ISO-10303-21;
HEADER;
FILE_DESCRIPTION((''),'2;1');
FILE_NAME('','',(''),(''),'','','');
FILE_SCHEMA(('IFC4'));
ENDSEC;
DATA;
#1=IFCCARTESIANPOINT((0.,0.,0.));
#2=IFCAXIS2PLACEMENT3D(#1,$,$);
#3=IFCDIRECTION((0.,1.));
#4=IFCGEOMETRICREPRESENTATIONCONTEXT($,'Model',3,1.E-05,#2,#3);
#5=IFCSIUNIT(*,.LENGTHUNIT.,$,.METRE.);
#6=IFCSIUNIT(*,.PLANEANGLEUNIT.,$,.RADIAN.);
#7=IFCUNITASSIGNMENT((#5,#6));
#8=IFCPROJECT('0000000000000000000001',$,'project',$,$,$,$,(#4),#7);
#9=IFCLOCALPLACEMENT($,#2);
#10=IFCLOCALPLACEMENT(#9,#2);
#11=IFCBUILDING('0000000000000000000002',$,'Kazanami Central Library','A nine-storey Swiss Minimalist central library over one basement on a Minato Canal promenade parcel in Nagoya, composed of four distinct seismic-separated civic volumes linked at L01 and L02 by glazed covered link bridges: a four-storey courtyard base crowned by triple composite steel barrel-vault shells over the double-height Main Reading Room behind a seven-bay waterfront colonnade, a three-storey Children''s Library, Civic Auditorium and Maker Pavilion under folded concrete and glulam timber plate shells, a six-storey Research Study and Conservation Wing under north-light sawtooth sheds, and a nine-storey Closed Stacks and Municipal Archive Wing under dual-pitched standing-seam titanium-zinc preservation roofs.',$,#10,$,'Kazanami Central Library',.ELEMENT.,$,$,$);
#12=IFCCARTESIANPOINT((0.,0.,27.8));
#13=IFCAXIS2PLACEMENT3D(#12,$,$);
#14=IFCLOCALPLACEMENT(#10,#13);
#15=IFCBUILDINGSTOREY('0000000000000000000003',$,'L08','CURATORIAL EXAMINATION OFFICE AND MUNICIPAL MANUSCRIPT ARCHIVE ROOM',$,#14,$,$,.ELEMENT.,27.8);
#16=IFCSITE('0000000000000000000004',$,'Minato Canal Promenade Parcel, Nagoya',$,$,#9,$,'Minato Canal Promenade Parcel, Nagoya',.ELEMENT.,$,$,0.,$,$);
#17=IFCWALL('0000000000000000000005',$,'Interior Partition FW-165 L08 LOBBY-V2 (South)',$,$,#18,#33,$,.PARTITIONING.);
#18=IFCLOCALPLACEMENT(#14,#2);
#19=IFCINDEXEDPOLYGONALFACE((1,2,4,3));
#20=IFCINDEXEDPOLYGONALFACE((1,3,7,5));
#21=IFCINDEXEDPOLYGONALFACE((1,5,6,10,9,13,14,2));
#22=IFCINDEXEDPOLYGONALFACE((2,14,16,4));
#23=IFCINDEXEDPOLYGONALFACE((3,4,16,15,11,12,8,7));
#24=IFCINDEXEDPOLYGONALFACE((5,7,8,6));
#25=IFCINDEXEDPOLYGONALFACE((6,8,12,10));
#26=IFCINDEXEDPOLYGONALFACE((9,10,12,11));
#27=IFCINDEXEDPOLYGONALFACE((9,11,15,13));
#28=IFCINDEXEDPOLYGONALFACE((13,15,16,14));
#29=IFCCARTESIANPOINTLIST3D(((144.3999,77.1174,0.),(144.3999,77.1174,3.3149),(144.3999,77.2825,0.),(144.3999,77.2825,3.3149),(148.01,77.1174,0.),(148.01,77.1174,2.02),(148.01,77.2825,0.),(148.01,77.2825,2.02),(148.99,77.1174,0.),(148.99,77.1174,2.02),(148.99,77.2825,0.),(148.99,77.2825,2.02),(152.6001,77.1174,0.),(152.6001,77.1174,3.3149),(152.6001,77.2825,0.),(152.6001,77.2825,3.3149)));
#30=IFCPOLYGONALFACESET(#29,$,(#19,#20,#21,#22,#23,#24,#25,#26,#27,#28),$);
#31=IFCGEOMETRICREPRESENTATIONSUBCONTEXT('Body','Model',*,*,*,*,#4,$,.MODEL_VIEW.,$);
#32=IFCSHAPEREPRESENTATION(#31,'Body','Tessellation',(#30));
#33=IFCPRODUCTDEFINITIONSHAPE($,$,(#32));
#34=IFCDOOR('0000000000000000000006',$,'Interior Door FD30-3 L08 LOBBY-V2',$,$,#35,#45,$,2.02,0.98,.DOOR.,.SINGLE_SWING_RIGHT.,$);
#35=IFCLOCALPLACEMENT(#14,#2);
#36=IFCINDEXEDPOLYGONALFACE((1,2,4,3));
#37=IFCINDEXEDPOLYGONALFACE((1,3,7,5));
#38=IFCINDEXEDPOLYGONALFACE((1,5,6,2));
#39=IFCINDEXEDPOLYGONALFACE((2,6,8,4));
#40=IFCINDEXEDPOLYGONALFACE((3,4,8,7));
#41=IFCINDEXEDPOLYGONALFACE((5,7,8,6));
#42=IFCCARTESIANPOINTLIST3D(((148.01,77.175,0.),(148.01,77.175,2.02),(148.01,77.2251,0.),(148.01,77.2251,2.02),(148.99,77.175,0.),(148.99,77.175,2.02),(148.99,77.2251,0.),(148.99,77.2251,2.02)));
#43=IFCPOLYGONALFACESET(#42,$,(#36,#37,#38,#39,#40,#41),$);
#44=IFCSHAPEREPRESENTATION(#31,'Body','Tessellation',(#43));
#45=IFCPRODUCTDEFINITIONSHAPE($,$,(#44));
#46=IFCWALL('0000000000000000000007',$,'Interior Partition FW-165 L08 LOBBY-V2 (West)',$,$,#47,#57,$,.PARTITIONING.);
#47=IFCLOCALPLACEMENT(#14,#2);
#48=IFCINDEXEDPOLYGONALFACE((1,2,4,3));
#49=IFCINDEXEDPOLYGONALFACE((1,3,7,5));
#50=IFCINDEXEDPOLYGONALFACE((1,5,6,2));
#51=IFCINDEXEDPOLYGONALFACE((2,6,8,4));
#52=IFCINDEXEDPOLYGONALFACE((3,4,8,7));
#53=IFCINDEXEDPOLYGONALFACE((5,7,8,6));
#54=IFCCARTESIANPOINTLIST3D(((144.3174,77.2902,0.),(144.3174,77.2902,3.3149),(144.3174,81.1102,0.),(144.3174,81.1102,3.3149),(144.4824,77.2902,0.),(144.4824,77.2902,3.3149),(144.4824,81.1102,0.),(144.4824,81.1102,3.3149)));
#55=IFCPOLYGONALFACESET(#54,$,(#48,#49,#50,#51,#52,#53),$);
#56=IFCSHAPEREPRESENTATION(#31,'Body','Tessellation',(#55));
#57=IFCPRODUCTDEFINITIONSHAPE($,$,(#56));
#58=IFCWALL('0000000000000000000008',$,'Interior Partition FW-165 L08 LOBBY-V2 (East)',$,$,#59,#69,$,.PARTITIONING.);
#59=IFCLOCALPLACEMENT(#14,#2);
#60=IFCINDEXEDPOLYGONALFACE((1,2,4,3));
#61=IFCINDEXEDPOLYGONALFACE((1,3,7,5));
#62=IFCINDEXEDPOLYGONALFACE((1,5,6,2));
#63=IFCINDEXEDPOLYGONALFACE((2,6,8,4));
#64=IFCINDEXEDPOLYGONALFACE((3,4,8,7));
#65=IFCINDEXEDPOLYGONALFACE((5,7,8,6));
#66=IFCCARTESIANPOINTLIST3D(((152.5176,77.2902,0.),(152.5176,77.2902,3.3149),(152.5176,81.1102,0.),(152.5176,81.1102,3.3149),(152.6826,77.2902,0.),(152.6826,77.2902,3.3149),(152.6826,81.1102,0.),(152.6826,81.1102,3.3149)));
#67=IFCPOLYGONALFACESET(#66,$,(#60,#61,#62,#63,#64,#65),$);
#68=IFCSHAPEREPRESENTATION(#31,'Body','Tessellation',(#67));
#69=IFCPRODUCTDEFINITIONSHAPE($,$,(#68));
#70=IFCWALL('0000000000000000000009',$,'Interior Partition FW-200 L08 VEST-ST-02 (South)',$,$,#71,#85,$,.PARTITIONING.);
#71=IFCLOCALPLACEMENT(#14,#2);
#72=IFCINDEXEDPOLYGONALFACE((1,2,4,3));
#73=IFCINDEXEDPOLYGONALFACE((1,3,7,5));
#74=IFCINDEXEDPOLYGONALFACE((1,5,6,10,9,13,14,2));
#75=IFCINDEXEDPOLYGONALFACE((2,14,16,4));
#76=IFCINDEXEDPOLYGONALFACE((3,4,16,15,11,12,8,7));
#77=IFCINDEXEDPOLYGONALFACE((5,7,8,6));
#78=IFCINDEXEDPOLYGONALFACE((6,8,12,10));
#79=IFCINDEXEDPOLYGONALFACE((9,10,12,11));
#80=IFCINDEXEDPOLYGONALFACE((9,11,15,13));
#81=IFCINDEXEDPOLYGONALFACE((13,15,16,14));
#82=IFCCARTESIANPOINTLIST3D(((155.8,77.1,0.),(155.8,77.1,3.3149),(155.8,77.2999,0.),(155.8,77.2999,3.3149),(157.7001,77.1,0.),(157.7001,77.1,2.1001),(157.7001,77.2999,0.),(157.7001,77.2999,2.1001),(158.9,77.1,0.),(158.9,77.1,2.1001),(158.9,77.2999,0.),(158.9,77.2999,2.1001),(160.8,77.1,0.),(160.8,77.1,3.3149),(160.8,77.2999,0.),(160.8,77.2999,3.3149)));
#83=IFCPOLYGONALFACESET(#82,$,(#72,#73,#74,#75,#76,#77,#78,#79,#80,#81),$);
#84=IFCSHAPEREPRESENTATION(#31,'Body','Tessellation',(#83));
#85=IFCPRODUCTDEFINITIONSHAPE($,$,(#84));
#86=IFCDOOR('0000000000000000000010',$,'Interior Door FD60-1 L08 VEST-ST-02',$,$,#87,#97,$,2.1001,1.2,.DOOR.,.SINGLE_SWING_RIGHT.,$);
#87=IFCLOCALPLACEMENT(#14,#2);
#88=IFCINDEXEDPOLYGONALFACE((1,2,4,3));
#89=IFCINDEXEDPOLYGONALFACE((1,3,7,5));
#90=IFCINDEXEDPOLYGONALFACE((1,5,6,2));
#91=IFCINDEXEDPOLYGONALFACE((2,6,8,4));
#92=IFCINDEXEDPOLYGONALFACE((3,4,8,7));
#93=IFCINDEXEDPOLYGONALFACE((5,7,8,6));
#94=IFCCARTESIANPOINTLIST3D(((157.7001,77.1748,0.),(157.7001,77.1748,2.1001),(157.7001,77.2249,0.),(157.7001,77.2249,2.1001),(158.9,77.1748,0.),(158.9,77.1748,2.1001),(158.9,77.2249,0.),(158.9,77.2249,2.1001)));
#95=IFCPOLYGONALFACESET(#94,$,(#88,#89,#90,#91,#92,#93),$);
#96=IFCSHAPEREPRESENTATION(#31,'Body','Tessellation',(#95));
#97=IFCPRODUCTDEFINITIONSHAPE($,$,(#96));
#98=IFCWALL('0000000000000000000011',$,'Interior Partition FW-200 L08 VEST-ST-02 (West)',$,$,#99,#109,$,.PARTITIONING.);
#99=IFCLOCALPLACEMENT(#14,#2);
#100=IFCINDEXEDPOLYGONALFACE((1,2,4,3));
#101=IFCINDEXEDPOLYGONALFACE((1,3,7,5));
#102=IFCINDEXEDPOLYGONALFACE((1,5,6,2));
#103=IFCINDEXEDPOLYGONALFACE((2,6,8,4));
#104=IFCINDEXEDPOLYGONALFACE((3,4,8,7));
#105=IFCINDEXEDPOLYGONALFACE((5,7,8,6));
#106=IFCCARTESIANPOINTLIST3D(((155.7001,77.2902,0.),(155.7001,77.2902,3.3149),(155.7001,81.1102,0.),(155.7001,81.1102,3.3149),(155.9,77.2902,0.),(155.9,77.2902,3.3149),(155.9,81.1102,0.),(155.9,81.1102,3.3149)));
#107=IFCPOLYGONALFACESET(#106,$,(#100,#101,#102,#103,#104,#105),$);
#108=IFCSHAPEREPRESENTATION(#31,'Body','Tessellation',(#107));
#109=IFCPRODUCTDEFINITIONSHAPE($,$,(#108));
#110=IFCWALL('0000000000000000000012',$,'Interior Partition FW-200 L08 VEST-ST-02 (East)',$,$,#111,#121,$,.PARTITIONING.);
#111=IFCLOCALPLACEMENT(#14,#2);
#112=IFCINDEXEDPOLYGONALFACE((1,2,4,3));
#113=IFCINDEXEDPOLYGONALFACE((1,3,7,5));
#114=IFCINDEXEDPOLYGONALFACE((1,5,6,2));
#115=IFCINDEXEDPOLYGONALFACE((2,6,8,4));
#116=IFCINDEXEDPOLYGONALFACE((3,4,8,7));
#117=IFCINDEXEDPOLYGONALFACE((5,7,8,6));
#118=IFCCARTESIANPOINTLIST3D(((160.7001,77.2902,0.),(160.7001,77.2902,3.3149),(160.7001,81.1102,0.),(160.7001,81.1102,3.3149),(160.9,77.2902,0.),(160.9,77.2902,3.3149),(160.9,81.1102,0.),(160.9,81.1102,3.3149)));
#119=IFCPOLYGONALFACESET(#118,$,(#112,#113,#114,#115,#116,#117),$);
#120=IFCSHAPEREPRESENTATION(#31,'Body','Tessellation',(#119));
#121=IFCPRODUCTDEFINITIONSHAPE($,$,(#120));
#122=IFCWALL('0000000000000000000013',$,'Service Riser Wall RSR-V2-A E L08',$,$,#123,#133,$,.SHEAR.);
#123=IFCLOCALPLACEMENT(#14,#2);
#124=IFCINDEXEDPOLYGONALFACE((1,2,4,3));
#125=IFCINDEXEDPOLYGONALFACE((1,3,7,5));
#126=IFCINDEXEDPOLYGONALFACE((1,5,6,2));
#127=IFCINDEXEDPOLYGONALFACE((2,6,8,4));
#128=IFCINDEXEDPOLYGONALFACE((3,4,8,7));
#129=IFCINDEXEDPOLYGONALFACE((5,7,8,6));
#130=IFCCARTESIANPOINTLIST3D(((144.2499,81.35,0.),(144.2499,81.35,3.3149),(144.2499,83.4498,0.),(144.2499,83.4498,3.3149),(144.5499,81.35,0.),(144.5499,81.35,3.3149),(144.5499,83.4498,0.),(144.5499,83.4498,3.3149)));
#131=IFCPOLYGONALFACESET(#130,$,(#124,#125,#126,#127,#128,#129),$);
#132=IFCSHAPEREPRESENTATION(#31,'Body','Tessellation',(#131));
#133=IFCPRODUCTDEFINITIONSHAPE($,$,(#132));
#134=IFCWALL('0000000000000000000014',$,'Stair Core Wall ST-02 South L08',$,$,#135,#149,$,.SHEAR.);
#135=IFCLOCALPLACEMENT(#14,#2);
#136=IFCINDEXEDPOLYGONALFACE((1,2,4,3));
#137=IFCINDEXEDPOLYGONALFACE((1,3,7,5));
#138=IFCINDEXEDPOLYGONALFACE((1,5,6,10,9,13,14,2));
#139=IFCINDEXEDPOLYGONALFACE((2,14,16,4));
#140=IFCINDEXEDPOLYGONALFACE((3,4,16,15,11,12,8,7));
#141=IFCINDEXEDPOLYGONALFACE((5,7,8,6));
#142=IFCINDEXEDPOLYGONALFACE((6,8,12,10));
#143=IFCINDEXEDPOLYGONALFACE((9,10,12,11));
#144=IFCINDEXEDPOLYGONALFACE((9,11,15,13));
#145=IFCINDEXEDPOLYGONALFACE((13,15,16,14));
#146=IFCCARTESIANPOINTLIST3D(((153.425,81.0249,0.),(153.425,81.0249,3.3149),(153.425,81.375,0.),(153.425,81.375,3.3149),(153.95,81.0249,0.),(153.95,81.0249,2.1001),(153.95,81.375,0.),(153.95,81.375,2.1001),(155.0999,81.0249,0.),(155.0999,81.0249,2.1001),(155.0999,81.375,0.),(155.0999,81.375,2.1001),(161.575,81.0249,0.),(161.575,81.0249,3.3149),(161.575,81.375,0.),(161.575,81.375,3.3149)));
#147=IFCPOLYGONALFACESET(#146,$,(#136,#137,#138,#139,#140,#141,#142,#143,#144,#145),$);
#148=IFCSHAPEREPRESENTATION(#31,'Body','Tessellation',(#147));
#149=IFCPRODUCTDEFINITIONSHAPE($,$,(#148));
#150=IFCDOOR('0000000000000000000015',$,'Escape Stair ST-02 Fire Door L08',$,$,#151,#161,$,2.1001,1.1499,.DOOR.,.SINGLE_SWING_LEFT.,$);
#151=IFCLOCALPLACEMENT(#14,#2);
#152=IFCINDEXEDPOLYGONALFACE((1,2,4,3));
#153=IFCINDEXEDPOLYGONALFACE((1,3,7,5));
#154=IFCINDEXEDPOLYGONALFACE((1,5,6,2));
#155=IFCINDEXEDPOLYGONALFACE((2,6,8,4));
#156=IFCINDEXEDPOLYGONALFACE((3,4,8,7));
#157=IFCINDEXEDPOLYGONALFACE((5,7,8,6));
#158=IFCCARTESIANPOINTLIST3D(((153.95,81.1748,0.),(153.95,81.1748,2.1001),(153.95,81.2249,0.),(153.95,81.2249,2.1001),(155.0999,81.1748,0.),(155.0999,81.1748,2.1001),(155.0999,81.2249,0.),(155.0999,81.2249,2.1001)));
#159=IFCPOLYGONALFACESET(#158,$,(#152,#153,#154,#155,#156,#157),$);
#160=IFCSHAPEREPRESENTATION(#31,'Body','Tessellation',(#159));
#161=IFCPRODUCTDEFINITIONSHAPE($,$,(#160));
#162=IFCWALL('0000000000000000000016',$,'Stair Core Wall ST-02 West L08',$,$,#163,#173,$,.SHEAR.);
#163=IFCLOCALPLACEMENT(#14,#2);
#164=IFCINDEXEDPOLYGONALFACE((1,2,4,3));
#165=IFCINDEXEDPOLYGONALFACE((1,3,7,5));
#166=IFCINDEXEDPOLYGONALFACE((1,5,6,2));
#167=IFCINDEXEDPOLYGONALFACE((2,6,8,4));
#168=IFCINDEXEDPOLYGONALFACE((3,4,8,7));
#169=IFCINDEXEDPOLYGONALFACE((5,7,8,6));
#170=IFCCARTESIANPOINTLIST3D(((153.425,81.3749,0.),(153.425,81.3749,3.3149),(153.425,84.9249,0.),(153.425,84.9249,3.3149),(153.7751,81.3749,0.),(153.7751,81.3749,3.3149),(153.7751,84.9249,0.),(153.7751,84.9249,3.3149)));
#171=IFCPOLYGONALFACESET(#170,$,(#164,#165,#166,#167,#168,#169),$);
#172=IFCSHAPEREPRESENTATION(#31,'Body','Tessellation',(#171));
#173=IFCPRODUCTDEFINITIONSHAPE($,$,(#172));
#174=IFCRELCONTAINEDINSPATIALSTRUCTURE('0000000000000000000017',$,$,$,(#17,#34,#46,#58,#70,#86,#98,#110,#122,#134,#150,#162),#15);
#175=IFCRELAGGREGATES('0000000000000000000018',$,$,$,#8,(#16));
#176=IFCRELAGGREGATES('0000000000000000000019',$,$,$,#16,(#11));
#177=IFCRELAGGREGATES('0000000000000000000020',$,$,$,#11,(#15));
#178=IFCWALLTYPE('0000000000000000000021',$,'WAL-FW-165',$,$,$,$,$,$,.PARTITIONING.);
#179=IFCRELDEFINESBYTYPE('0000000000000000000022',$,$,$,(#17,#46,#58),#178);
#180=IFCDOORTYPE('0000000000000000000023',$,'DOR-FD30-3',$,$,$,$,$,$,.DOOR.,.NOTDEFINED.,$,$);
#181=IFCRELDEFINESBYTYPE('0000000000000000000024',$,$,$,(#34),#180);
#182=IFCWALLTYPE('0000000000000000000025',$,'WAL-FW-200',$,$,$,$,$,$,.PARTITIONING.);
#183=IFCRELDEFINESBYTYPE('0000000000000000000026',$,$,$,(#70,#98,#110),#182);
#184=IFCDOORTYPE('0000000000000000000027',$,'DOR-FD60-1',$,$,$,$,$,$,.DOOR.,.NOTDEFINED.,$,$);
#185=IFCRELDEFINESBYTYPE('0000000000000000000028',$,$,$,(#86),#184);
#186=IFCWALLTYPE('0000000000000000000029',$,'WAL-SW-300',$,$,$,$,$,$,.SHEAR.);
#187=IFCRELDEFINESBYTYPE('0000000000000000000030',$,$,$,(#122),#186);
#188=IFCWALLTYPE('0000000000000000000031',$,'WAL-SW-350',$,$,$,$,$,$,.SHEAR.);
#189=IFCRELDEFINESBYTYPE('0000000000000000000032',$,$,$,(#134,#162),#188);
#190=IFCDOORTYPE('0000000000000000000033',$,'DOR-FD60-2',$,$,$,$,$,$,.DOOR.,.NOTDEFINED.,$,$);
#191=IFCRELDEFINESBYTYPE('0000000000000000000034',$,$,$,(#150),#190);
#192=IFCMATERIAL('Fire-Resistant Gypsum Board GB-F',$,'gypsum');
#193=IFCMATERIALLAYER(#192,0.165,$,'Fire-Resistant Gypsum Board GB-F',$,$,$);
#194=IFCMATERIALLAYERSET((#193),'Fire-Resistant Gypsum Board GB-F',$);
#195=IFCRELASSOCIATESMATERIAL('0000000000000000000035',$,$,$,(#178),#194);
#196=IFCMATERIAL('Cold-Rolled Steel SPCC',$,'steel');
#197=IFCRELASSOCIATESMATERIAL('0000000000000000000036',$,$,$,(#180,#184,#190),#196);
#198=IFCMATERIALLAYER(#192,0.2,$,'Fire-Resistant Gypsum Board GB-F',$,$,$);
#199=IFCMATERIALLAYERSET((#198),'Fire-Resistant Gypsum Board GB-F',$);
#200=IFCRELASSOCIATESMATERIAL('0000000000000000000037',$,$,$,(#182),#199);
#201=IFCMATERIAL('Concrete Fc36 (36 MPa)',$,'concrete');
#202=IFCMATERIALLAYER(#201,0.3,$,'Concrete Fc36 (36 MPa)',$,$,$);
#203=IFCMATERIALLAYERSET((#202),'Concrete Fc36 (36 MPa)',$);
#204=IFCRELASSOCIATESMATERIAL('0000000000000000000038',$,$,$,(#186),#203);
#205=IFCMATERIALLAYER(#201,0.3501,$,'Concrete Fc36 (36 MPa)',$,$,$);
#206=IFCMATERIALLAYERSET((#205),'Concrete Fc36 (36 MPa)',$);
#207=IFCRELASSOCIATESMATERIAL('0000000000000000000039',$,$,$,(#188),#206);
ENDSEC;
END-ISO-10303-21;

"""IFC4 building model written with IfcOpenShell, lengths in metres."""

from ifc_helpers import new_model, si_unit, direction, frame, frame_2d, origin, place, context, subcontext, project, spatial, rectangle, extrude, material, layer, layer_set, type_object, element, fill, save


model = new_model("IFC4")

# Units and contexts
model_context = context("Model", 3, precision=1e-05, world=origin(), true_north=direction((0.0, 1.0)))
body_context = subcontext(model_context, "Body", "Model", "MODEL_VIEW")
ifc_project = project(units=[si_unit("LENGTHUNIT", "METRE"), si_unit("PLANEANGLEUNIT", "RADIAN")], contexts=[model_context])

# Site, building, storey
site_placement = place(None, origin())
site = spatial("IfcSite", under=ifc_project, at=site_placement, Name="Minato Canal Promenade Parcel, Nagoya", LongName="Minato Canal Promenade Parcel, Nagoya", CompositionType="ELEMENT", RefElevation=0.0)
building_placement = place(site_placement, origin())
building = spatial("IfcBuilding", under=site, at=building_placement, Name="Kazanami Central Library", Description="A nine-storey Swiss Minimalist central library over one basement on a Minato Canal promenade parcel in Nagoya, composed of four distinct seismic-separated civic volumes linked at L01 and L02 by glazed covered link bridges: a four-storey courtyard base crowned by triple composite steel barrel-vault shells over the double-height Main Reading Room behind a seven-bay waterfront colonnade, a three-storey Children's Library, Civic Auditorium and Maker Pavilion under folded concrete and glulam timber plate shells, a six-storey Research Study and Conservation Wing under north-light sawtooth sheds, and a nine-storey Closed Stacks and Municipal Archive Wing under dual-pitched standing-seam titanium-zinc preservation roofs.", LongName="Kazanami Central Library", CompositionType="ELEMENT")
storey_placement = place(building_placement, frame((0.0, 0.0, 27.8)))
storey = spatial("IfcBuildingStorey", under=building, at=storey_placement, Name="L08", Description="CURATORIAL EXAMINATION OFFICE AND MUNICIPAL MANUSCRIPT ARCHIVE ROOM", CompositionType="ELEMENT", Elevation=27.8)

# Shared definitions
ifc_material_1 = material(Name="Concrete Fc36 (36 MPa)", Category="concrete")

# Wall, opening, door
ifc_material_2 = material(Name="Fire-Resistant Gypsum Board GB-F", Category="gypsum")
ifc_layer_1 = layer(ifc_material_2, 0.165, Name="Fire-Resistant Gypsum Board GB-F")
ifc_layer_set_1 = layer_set([ifc_layer_1], Name="Fire-Resistant Gypsum Board GB-F")
wall_type_1 = type_object("IfcWallType", Name="WAL-FW-165", PredefinedType="PARTITIONING", material=ifc_layer_set_1)
wall_1_placement = place(storey_placement, frame((144.3999, 77.2, 0.0), z_axis=(0.0, 0.0, 1.0), x_axis=(1.0, 0.0, 0.0)))
wall_1 = element("IfcWall", 1, at=wall_1_placement, inside=storey, type_object=wall_type_1, Name="Interior Partition FW-165 L08 LOBBY-V2 (South)", PredefinedType="PARTITIONING", context=body_context, shape_type="SweptSolid", body=[
    extrude(rectangle(XDim=8.2002, YDim=0.165, at=frame_2d((4.1001, 0.0))), origin(), (0.0, 0.0, 1.0), 3.3149),
])
opening_1_placement = place(wall_1_placement, frame((3.6101, 0.0, 0.0)))
opening_1 = element("IfcOpeningElement", 2, at=opening_1_placement, cuts=wall_1, PredefinedType="OPENING", context=body_context, shape_type="SweptSolid", body=[
    extrude(rectangle(XDim=0.98, YDim=2.02, at=frame_2d((0.49, 1.01))), frame((0.0, 0.0945, 0.0), z_axis=(0.0, -1.0, 0.0), x_axis=(1.0, 0.0, 0.0)), (0.0, 0.0, 1.0), 0.189),
])
ifc_material_3 = material(Name="Cold-Rolled Steel SPCC", Category="steel")
door_type_1 = type_object("IfcDoorType", Name="DOR-FD30-3", OperationType="NOTDEFINED", PredefinedType="DOOR", material=ifc_material_3)
door_1_placement = place(opening_1_placement, frame((0.98, 0.0, 0.0), z_axis=(0.0, 0.0, 1.0), x_axis=(-1.0, 0.0, 0.0)))
door_1 = element("IfcDoor", 3, at=door_1_placement, inside=storey, type_object=door_type_1, Name="Interior Door FD30-3 L08 LOBBY-V2", OperationType="SINGLE_SWING_RIGHT", OverallHeight=2.02, OverallWidth=0.98, PredefinedType="DOOR", context=body_context, shape_type="SweptSolid", body=[
    extrude(rectangle(XDim=0.98, YDim=2.02, at=frame_2d((0.49, 1.01))), frame((0.0, 0.0249, 0.0), z_axis=(0.0, -1.0, 0.0), x_axis=(1.0, 0.0, 0.0)), (0.0, 0.0, 1.0), 0.05),
])
fill(opening_1, door_1)

# Walls
for number, where, z_axis, x_axis, name in (
    (4, (144.3999, 77.29, 0.0), (0.0, 0.0, 1.0), (0.0, 1.0, 0.0), "Interior Partition FW-165 L08 LOBBY-V2 (West)"),
    (5, (152.6001, 77.29, 0.0), (0.0, 0.0, 1.0), (0.0, 1.0, 0.0), "Interior Partition FW-165 L08 LOBBY-V2 (East)"),
):
    element("IfcWall", number, at=place(storey_placement, frame(where, z_axis=z_axis, x_axis=x_axis)), inside=storey, type_object=wall_type_1, Name=name, PredefinedType="PARTITIONING", context=body_context, shape_type="SweptSolid", body=[
        extrude(rectangle(XDim=3.8201, YDim=0.165, at=frame_2d((1.9102, 0.0))), origin(), (0.0, 0.0, 1.0), 3.3149),
    ])

# Wall, opening, door
ifc_layer_2 = layer(ifc_material_2, 0.2, Name="Fire-Resistant Gypsum Board GB-F")
ifc_layer_set_2 = layer_set([ifc_layer_2], Name="Fire-Resistant Gypsum Board GB-F")
wall_type_2 = type_object("IfcWallType", Name="WAL-FW-200", PredefinedType="PARTITIONING", material=ifc_layer_set_2)
wall_2_placement = place(storey_placement, frame((155.8, 77.2, 0.0), z_axis=(0.0, 0.0, 1.0), x_axis=(1.0, 0.0, 0.0)))
wall_2 = element("IfcWall", 6, at=wall_2_placement, inside=storey, type_object=wall_type_2, Name="Interior Partition FW-200 L08 VEST-ST-02 (South)", PredefinedType="PARTITIONING", context=body_context, shape_type="SweptSolid", body=[
    extrude(rectangle(XDim=5.0, YDim=0.2, at=frame_2d((2.5, 0.0))), origin(), (0.0, 0.0, 1.0), 3.3149),
])
opening_2_placement = place(wall_2_placement, frame((1.8999, 0.0, 0.0)))
opening_2 = element("IfcOpeningElement", 7, at=opening_2_placement, cuts=wall_2, PredefinedType="OPENING", context=body_context, shape_type="SweptSolid", body=[
    extrude(rectangle(XDim=1.2, YDim=2.1001, at=frame_2d((0.6001, 1.05))), frame((0.0, 0.1118, 0.0), z_axis=(0.0, -1.0, 0.0), x_axis=(1.0, 0.0, 0.0)), (0.0, 0.0, 1.0), 0.2239),
])
door_type_2 = type_object("IfcDoorType", Name="DOR-FD60-1", OperationType="NOTDEFINED", PredefinedType="DOOR", material=ifc_material_3)
door_2_placement = place(opening_2_placement, origin())
door_2 = element("IfcDoor", 8, at=door_2_placement, inside=storey, type_object=door_type_2, Name="Interior Door FD60-1 L08 VEST-ST-02", OperationType="SINGLE_SWING_RIGHT", OverallHeight=2.1001, OverallWidth=1.2, PredefinedType="DOOR", context=body_context, shape_type="SweptSolid", body=[
    extrude(rectangle(XDim=1.2, YDim=2.1001, at=frame_2d((0.6001, 1.05))), frame((0.0, 0.0249, 0.0), z_axis=(0.0, -1.0, 0.0), x_axis=(1.0, 0.0, 0.0)), (0.0, 0.0, 1.0), 0.05),
])
fill(opening_2, door_2)

# Walls
for number, where, z_axis, x_axis, name in (
    (9, (155.8, 77.29, 0.0), (0.0, 0.0, 1.0), (0.0, 1.0, 0.0), "Interior Partition FW-200 L08 VEST-ST-02 (West)"),
    (10, (160.8, 77.29, 0.0), (0.0, 0.0, 1.0), (0.0, 1.0, 0.0), "Interior Partition FW-200 L08 VEST-ST-02 (East)"),
):
    element("IfcWall", number, at=place(storey_placement, frame(where, z_axis=z_axis, x_axis=x_axis)), inside=storey, type_object=wall_type_2, Name=name, PredefinedType="PARTITIONING", context=body_context, shape_type="SweptSolid", body=[
        extrude(rectangle(XDim=3.8201, YDim=0.2, at=frame_2d((1.9102, 0.0))), origin(), (0.0, 0.0, 1.0), 3.3149),
    ])

# Wall
ifc_layer_3 = layer(ifc_material_1, 0.3, Name="Concrete Fc36 (36 MPa)")
ifc_layer_set_3 = layer_set([ifc_layer_3], Name="Concrete Fc36 (36 MPa)")
wall_type_3 = type_object("IfcWallType", Name="WAL-SW-300", PredefinedType="SHEAR", material=ifc_layer_set_3)
wall_3_placement = place(storey_placement, frame((144.3999, 81.3501, 0.0), z_axis=(0.0, 0.0, 1.0), x_axis=(0.0, 1.0, 0.0)))
element("IfcWall", 11, at=wall_3_placement, inside=storey, type_object=wall_type_3, Name="Service Riser Wall RSR-V2-A E L08", PredefinedType="SHEAR", context=body_context, shape_type="SweptSolid", body=[
    extrude(rectangle(XDim=2.0999, YDim=0.3, at=frame_2d((1.0498, 0.0))), origin(), (0.0, 0.0, 1.0), 3.3149),
])

# Wall, opening, door
ifc_layer_4 = layer(ifc_material_1, 0.3501, Name="Concrete Fc36 (36 MPa)")
ifc_layer_set_4 = layer_set([ifc_layer_4], Name="Concrete Fc36 (36 MPa)")
wall_type_4 = type_object("IfcWallType", Name="WAL-SW-350", PredefinedType="SHEAR", material=ifc_layer_set_4)
wall_4_placement = place(storey_placement, frame((153.425, 81.2, 0.0), z_axis=(0.0, 0.0, 1.0), x_axis=(1.0, 0.0, 0.0)))
wall_4 = element("IfcWall", 12, at=wall_4_placement, inside=storey, type_object=wall_type_4, Name="Stair Core Wall ST-02 South L08", PredefinedType="SHEAR", context=body_context, shape_type="SweptSolid", body=[
    extrude(rectangle(XDim=8.1499, YDim=0.3501, at=frame_2d((4.075, 0.0))), origin(), (0.0, 0.0, 1.0), 3.3149),
])
opening_3_placement = place(wall_4_placement, frame((0.5249, 0.0, 0.0)))
opening_3 = element("IfcOpeningElement", 13, at=opening_3_placement, cuts=wall_4, PredefinedType="OPENING", context=body_context, shape_type="SweptSolid", body=[
    extrude(rectangle(XDim=1.1499, YDim=2.1001, at=frame_2d((0.575, 1.05))), frame((0.0, 0.187, 0.0), z_axis=(0.0, -1.0, 0.0), x_axis=(1.0, 0.0, 0.0)), (0.0, 0.0, 1.0), 0.374),
])
door_type_3 = type_object("IfcDoorType", Name="DOR-FD60-2", OperationType="NOTDEFINED", PredefinedType="DOOR", material=ifc_material_3)
door_3_placement = place(opening_3_placement, origin())
door_3 = element("IfcDoor", 14, at=door_3_placement, inside=storey, type_object=door_type_3, Name="Escape Stair ST-02 Fire Door L08", OperationType="SINGLE_SWING_LEFT", OverallHeight=2.1001, OverallWidth=1.1499, PredefinedType="DOOR", context=body_context, shape_type="SweptSolid", body=[
    extrude(rectangle(XDim=1.1499, YDim=2.1001, at=frame_2d((0.575, 1.05))), frame((0.0, 0.0249, 0.0), z_axis=(0.0, -1.0, 0.0), x_axis=(1.0, 0.0, 0.0)), (0.0, 0.0, 1.0), 0.05),
])
fill(opening_3, door_3)

# Wall
for number, where, z_axis, x_axis, name in (
    (15, (153.6001, 81.375, 0.0), (0.0, 0.0, 1.0), (0.0, 1.0, 0.0), "Stair Core Wall ST-02 West L08"),
):
    element("IfcWall", number, at=place(storey_placement, frame(where, z_axis=z_axis, x_axis=x_axis)), inside=storey, type_object=wall_type_4, Name=name, PredefinedType="SHEAR", context=body_context, shape_type="SweptSolid", body=[
        extrude(rectangle(XDim=3.55, YDim=0.3501, at=frame_2d((1.7749, 0.0))), origin(), (0.0, 0.0, 1.0), 3.3149),
    ])

save(model, "model.ifc")
